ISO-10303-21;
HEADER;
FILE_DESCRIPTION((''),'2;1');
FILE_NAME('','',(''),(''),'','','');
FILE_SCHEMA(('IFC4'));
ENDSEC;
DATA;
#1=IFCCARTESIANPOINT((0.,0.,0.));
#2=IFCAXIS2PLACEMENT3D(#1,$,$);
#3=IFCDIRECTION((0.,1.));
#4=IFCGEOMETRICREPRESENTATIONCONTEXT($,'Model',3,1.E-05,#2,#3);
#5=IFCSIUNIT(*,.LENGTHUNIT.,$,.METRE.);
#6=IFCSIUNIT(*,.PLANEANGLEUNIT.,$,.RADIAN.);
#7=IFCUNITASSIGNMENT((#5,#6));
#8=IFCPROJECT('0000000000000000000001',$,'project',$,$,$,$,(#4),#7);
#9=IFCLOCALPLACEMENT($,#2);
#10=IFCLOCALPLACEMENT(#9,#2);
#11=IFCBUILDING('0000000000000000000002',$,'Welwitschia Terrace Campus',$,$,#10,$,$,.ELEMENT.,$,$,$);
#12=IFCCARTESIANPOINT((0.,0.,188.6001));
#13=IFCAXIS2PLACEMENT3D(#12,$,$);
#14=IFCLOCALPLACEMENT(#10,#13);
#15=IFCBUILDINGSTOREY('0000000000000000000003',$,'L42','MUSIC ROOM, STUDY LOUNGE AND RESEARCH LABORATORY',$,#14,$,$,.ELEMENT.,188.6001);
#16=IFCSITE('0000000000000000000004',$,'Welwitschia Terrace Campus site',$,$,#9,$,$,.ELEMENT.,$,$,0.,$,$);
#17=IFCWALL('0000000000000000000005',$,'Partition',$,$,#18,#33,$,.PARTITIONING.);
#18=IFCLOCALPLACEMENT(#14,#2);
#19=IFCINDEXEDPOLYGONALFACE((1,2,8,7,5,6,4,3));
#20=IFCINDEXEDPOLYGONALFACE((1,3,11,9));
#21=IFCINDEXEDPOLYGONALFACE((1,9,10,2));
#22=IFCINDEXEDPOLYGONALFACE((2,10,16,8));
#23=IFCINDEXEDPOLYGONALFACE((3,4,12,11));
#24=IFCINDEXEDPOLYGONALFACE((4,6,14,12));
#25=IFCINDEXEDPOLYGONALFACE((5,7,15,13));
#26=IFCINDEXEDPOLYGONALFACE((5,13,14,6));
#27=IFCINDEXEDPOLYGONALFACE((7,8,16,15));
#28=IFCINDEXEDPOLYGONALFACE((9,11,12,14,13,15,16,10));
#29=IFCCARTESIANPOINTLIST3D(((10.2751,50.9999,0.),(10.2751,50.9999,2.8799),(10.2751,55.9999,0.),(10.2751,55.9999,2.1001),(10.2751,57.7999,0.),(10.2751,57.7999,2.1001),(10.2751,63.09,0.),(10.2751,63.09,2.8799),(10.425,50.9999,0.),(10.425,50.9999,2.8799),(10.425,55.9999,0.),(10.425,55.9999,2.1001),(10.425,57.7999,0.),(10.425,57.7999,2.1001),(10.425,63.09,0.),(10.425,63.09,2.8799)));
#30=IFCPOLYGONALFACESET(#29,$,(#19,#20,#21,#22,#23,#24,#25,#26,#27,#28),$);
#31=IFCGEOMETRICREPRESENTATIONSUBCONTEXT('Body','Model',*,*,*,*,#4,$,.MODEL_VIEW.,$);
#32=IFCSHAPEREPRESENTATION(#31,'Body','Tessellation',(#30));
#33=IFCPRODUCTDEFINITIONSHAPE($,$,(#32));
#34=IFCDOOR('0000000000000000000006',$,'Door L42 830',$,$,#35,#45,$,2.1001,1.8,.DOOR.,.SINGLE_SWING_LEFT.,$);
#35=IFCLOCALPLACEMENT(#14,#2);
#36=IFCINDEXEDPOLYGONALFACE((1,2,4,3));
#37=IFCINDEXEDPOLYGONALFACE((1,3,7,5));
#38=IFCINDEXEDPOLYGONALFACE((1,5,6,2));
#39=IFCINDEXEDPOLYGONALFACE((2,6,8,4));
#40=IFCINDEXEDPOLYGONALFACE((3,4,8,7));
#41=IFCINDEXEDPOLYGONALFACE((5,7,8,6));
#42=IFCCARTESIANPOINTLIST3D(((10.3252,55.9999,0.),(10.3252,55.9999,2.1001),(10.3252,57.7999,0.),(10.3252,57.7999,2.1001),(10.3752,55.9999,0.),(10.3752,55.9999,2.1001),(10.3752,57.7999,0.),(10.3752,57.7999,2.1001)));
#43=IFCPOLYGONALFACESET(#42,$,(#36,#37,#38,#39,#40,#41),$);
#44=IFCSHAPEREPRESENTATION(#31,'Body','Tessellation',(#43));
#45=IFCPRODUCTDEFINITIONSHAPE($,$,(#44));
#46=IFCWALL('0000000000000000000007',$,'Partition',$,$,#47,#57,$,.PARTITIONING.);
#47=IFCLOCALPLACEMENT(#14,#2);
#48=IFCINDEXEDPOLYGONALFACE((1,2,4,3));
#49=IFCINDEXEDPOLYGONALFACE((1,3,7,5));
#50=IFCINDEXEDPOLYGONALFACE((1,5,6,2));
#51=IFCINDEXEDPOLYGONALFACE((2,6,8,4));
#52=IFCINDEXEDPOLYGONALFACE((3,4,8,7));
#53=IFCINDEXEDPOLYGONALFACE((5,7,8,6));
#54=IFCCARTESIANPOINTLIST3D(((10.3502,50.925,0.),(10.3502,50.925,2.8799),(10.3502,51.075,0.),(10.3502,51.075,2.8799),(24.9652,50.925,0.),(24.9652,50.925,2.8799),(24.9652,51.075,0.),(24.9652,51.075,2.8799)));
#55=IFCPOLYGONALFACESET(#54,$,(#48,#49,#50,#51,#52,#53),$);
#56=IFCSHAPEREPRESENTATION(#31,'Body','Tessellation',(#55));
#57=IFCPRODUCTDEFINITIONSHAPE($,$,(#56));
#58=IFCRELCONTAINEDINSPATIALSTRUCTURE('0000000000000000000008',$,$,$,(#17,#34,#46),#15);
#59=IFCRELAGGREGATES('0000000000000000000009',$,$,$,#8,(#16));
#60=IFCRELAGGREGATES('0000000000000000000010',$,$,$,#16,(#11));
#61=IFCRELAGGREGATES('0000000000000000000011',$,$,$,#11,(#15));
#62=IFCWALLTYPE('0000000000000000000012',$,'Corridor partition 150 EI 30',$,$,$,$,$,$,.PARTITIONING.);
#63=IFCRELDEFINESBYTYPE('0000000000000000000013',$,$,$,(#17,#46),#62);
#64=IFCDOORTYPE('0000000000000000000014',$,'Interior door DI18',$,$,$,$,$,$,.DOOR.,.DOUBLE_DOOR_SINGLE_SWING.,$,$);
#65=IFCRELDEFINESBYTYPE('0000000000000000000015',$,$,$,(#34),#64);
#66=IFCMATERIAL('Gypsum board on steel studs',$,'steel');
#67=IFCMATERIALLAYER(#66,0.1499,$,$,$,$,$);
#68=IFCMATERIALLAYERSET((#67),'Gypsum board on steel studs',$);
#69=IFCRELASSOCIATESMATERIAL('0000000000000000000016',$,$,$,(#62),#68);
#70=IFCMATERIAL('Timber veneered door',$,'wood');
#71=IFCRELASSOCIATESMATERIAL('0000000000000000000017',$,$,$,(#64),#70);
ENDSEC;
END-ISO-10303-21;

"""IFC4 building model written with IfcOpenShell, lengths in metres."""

from ifc_helpers import new_model, si_unit, direction, frame, frame_2d, origin, place, context, subcontext, project, spatial, rectangle, extrude, material, layer, layer_set, type_object, element, fill, save


model = new_model("IFC4")

# Units and contexts
model_context = context("Model", 3, precision=1e-05, world=origin(), true_north=direction((0.0, 1.0)))
body_context = subcontext(model_context, "Body", "Model", "MODEL_VIEW")
ifc_project = project(units=[si_unit("LENGTHUNIT", "METRE"), si_unit("PLANEANGLEUNIT", "RADIAN")], contexts=[model_context])

# Site, building, storey
site_placement = place(None, origin())
site = spatial("IfcSite", under=ifc_project, at=site_placement, Name="Welwitschia Terrace Campus site", CompositionType="ELEMENT", RefElevation=0.0)
building_placement = place(site_placement, origin())
building = spatial("IfcBuilding", under=site, at=building_placement, Name="Welwitschia Terrace Campus", CompositionType="ELEMENT")
storey_placement = place(building_placement, frame((0.0, 0.0, 188.6001)))
storey = spatial("IfcBuildingStorey", under=building, at=storey_placement, Name="L42", Description="MUSIC ROOM, STUDY LOUNGE AND RESEARCH LABORATORY", CompositionType="ELEMENT", Elevation=188.6001)

# Shared definitions
ifc_material_1 = material(Name="Gypsum board on steel studs", Category="steel")
ifc_layer_1 = layer(ifc_material_1, 0.1499)
ifc_layer_set_1 = layer_set([ifc_layer_1], Name="Gypsum board on steel studs")
wall_type = type_object("IfcWallType", Name="Corridor partition 150 EI 30", PredefinedType="PARTITIONING", material=ifc_layer_set_1)

# Wall, opening, door
wall_1_placement = place(storey_placement, frame((10.3501, 51.0, 0.0), z_axis=(0.0, 0.0, 1.0), x_axis=(0.0, 1.0, 0.0)))
wall_1 = element("IfcWall", 1, at=wall_1_placement, inside=storey, type_object=wall_type, Name="Partition", PredefinedType="PARTITIONING", context=body_context, shape_type="SweptSolid", body=[
    extrude(rectangle(XDim=12.0901, YDim=0.1499, at=frame_2d((6.0449, 0.0))), origin(), (0.0, 0.0, 1.0), 2.8799),
])
opening_1_placement = place(wall_1_placement, frame((5.0, 0.0, 0.0)))
opening_1 = element("IfcOpeningElement", 2, at=opening_1_placement, cuts=wall_1, PredefinedType="OPENING", context=body_context, shape_type="SweptSolid", body=[
    extrude(rectangle(XDim=1.8, YDim=2.1001, at=frame_2d((0.8999, 1.05))), frame((0.0, 0.085, 0.0), z_axis=(0.0, -1.0, 0.0), x_axis=(1.0, 0.0, 0.0)), (0.0, 0.0, 1.0), 0.1699),
])
ifc_material_2 = material(Name="Timber veneered door", Category="wood")
door_type_1 = type_object("IfcDoorType", Name="Interior door DI18", OperationType="DOUBLE_DOOR_SINGLE_SWING", PredefinedType="DOOR", material=ifc_material_2)
door_1_placement = place(opening_1_placement, origin())
door_1 = element("IfcDoor", 3, at=door_1_placement, inside=storey, type_object=door_type_1, Name="Door L42 830", OperationType="SINGLE_SWING_LEFT", OverallHeight=2.1001, OverallWidth=1.8, PredefinedType="DOOR", context=body_context, shape_type="SweptSolid", body=[
    extrude(rectangle(XDim=1.8, YDim=2.1001, at=frame_2d((0.8999, 1.05))), frame((0.0, 0.0249, 0.0), z_axis=(0.0, -1.0, 0.0), x_axis=(1.0, 0.0, 0.0)), (0.0, 0.0, 1.0), 0.05),
])
fill(opening_1, door_1)

# Wall
wall_2_placement = place(storey_placement, frame((10.3501, 51.0, 0.0), z_axis=(0.0, 0.0, 1.0), x_axis=(1.0, 0.0, 0.0)))
element("IfcWall", 4, at=wall_2_placement, inside=storey, type_object=wall_type, Name="Partition", PredefinedType="PARTITIONING", context=body_context, shape_type="SweptSolid", body=[
    extrude(rectangle(XDim=14.615, YDim=0.1499, at=frame_2d((7.3076, 0.0))), origin(), (0.0, 0.0, 1.0), 2.8799),
])

save(model, "model.ifc")
